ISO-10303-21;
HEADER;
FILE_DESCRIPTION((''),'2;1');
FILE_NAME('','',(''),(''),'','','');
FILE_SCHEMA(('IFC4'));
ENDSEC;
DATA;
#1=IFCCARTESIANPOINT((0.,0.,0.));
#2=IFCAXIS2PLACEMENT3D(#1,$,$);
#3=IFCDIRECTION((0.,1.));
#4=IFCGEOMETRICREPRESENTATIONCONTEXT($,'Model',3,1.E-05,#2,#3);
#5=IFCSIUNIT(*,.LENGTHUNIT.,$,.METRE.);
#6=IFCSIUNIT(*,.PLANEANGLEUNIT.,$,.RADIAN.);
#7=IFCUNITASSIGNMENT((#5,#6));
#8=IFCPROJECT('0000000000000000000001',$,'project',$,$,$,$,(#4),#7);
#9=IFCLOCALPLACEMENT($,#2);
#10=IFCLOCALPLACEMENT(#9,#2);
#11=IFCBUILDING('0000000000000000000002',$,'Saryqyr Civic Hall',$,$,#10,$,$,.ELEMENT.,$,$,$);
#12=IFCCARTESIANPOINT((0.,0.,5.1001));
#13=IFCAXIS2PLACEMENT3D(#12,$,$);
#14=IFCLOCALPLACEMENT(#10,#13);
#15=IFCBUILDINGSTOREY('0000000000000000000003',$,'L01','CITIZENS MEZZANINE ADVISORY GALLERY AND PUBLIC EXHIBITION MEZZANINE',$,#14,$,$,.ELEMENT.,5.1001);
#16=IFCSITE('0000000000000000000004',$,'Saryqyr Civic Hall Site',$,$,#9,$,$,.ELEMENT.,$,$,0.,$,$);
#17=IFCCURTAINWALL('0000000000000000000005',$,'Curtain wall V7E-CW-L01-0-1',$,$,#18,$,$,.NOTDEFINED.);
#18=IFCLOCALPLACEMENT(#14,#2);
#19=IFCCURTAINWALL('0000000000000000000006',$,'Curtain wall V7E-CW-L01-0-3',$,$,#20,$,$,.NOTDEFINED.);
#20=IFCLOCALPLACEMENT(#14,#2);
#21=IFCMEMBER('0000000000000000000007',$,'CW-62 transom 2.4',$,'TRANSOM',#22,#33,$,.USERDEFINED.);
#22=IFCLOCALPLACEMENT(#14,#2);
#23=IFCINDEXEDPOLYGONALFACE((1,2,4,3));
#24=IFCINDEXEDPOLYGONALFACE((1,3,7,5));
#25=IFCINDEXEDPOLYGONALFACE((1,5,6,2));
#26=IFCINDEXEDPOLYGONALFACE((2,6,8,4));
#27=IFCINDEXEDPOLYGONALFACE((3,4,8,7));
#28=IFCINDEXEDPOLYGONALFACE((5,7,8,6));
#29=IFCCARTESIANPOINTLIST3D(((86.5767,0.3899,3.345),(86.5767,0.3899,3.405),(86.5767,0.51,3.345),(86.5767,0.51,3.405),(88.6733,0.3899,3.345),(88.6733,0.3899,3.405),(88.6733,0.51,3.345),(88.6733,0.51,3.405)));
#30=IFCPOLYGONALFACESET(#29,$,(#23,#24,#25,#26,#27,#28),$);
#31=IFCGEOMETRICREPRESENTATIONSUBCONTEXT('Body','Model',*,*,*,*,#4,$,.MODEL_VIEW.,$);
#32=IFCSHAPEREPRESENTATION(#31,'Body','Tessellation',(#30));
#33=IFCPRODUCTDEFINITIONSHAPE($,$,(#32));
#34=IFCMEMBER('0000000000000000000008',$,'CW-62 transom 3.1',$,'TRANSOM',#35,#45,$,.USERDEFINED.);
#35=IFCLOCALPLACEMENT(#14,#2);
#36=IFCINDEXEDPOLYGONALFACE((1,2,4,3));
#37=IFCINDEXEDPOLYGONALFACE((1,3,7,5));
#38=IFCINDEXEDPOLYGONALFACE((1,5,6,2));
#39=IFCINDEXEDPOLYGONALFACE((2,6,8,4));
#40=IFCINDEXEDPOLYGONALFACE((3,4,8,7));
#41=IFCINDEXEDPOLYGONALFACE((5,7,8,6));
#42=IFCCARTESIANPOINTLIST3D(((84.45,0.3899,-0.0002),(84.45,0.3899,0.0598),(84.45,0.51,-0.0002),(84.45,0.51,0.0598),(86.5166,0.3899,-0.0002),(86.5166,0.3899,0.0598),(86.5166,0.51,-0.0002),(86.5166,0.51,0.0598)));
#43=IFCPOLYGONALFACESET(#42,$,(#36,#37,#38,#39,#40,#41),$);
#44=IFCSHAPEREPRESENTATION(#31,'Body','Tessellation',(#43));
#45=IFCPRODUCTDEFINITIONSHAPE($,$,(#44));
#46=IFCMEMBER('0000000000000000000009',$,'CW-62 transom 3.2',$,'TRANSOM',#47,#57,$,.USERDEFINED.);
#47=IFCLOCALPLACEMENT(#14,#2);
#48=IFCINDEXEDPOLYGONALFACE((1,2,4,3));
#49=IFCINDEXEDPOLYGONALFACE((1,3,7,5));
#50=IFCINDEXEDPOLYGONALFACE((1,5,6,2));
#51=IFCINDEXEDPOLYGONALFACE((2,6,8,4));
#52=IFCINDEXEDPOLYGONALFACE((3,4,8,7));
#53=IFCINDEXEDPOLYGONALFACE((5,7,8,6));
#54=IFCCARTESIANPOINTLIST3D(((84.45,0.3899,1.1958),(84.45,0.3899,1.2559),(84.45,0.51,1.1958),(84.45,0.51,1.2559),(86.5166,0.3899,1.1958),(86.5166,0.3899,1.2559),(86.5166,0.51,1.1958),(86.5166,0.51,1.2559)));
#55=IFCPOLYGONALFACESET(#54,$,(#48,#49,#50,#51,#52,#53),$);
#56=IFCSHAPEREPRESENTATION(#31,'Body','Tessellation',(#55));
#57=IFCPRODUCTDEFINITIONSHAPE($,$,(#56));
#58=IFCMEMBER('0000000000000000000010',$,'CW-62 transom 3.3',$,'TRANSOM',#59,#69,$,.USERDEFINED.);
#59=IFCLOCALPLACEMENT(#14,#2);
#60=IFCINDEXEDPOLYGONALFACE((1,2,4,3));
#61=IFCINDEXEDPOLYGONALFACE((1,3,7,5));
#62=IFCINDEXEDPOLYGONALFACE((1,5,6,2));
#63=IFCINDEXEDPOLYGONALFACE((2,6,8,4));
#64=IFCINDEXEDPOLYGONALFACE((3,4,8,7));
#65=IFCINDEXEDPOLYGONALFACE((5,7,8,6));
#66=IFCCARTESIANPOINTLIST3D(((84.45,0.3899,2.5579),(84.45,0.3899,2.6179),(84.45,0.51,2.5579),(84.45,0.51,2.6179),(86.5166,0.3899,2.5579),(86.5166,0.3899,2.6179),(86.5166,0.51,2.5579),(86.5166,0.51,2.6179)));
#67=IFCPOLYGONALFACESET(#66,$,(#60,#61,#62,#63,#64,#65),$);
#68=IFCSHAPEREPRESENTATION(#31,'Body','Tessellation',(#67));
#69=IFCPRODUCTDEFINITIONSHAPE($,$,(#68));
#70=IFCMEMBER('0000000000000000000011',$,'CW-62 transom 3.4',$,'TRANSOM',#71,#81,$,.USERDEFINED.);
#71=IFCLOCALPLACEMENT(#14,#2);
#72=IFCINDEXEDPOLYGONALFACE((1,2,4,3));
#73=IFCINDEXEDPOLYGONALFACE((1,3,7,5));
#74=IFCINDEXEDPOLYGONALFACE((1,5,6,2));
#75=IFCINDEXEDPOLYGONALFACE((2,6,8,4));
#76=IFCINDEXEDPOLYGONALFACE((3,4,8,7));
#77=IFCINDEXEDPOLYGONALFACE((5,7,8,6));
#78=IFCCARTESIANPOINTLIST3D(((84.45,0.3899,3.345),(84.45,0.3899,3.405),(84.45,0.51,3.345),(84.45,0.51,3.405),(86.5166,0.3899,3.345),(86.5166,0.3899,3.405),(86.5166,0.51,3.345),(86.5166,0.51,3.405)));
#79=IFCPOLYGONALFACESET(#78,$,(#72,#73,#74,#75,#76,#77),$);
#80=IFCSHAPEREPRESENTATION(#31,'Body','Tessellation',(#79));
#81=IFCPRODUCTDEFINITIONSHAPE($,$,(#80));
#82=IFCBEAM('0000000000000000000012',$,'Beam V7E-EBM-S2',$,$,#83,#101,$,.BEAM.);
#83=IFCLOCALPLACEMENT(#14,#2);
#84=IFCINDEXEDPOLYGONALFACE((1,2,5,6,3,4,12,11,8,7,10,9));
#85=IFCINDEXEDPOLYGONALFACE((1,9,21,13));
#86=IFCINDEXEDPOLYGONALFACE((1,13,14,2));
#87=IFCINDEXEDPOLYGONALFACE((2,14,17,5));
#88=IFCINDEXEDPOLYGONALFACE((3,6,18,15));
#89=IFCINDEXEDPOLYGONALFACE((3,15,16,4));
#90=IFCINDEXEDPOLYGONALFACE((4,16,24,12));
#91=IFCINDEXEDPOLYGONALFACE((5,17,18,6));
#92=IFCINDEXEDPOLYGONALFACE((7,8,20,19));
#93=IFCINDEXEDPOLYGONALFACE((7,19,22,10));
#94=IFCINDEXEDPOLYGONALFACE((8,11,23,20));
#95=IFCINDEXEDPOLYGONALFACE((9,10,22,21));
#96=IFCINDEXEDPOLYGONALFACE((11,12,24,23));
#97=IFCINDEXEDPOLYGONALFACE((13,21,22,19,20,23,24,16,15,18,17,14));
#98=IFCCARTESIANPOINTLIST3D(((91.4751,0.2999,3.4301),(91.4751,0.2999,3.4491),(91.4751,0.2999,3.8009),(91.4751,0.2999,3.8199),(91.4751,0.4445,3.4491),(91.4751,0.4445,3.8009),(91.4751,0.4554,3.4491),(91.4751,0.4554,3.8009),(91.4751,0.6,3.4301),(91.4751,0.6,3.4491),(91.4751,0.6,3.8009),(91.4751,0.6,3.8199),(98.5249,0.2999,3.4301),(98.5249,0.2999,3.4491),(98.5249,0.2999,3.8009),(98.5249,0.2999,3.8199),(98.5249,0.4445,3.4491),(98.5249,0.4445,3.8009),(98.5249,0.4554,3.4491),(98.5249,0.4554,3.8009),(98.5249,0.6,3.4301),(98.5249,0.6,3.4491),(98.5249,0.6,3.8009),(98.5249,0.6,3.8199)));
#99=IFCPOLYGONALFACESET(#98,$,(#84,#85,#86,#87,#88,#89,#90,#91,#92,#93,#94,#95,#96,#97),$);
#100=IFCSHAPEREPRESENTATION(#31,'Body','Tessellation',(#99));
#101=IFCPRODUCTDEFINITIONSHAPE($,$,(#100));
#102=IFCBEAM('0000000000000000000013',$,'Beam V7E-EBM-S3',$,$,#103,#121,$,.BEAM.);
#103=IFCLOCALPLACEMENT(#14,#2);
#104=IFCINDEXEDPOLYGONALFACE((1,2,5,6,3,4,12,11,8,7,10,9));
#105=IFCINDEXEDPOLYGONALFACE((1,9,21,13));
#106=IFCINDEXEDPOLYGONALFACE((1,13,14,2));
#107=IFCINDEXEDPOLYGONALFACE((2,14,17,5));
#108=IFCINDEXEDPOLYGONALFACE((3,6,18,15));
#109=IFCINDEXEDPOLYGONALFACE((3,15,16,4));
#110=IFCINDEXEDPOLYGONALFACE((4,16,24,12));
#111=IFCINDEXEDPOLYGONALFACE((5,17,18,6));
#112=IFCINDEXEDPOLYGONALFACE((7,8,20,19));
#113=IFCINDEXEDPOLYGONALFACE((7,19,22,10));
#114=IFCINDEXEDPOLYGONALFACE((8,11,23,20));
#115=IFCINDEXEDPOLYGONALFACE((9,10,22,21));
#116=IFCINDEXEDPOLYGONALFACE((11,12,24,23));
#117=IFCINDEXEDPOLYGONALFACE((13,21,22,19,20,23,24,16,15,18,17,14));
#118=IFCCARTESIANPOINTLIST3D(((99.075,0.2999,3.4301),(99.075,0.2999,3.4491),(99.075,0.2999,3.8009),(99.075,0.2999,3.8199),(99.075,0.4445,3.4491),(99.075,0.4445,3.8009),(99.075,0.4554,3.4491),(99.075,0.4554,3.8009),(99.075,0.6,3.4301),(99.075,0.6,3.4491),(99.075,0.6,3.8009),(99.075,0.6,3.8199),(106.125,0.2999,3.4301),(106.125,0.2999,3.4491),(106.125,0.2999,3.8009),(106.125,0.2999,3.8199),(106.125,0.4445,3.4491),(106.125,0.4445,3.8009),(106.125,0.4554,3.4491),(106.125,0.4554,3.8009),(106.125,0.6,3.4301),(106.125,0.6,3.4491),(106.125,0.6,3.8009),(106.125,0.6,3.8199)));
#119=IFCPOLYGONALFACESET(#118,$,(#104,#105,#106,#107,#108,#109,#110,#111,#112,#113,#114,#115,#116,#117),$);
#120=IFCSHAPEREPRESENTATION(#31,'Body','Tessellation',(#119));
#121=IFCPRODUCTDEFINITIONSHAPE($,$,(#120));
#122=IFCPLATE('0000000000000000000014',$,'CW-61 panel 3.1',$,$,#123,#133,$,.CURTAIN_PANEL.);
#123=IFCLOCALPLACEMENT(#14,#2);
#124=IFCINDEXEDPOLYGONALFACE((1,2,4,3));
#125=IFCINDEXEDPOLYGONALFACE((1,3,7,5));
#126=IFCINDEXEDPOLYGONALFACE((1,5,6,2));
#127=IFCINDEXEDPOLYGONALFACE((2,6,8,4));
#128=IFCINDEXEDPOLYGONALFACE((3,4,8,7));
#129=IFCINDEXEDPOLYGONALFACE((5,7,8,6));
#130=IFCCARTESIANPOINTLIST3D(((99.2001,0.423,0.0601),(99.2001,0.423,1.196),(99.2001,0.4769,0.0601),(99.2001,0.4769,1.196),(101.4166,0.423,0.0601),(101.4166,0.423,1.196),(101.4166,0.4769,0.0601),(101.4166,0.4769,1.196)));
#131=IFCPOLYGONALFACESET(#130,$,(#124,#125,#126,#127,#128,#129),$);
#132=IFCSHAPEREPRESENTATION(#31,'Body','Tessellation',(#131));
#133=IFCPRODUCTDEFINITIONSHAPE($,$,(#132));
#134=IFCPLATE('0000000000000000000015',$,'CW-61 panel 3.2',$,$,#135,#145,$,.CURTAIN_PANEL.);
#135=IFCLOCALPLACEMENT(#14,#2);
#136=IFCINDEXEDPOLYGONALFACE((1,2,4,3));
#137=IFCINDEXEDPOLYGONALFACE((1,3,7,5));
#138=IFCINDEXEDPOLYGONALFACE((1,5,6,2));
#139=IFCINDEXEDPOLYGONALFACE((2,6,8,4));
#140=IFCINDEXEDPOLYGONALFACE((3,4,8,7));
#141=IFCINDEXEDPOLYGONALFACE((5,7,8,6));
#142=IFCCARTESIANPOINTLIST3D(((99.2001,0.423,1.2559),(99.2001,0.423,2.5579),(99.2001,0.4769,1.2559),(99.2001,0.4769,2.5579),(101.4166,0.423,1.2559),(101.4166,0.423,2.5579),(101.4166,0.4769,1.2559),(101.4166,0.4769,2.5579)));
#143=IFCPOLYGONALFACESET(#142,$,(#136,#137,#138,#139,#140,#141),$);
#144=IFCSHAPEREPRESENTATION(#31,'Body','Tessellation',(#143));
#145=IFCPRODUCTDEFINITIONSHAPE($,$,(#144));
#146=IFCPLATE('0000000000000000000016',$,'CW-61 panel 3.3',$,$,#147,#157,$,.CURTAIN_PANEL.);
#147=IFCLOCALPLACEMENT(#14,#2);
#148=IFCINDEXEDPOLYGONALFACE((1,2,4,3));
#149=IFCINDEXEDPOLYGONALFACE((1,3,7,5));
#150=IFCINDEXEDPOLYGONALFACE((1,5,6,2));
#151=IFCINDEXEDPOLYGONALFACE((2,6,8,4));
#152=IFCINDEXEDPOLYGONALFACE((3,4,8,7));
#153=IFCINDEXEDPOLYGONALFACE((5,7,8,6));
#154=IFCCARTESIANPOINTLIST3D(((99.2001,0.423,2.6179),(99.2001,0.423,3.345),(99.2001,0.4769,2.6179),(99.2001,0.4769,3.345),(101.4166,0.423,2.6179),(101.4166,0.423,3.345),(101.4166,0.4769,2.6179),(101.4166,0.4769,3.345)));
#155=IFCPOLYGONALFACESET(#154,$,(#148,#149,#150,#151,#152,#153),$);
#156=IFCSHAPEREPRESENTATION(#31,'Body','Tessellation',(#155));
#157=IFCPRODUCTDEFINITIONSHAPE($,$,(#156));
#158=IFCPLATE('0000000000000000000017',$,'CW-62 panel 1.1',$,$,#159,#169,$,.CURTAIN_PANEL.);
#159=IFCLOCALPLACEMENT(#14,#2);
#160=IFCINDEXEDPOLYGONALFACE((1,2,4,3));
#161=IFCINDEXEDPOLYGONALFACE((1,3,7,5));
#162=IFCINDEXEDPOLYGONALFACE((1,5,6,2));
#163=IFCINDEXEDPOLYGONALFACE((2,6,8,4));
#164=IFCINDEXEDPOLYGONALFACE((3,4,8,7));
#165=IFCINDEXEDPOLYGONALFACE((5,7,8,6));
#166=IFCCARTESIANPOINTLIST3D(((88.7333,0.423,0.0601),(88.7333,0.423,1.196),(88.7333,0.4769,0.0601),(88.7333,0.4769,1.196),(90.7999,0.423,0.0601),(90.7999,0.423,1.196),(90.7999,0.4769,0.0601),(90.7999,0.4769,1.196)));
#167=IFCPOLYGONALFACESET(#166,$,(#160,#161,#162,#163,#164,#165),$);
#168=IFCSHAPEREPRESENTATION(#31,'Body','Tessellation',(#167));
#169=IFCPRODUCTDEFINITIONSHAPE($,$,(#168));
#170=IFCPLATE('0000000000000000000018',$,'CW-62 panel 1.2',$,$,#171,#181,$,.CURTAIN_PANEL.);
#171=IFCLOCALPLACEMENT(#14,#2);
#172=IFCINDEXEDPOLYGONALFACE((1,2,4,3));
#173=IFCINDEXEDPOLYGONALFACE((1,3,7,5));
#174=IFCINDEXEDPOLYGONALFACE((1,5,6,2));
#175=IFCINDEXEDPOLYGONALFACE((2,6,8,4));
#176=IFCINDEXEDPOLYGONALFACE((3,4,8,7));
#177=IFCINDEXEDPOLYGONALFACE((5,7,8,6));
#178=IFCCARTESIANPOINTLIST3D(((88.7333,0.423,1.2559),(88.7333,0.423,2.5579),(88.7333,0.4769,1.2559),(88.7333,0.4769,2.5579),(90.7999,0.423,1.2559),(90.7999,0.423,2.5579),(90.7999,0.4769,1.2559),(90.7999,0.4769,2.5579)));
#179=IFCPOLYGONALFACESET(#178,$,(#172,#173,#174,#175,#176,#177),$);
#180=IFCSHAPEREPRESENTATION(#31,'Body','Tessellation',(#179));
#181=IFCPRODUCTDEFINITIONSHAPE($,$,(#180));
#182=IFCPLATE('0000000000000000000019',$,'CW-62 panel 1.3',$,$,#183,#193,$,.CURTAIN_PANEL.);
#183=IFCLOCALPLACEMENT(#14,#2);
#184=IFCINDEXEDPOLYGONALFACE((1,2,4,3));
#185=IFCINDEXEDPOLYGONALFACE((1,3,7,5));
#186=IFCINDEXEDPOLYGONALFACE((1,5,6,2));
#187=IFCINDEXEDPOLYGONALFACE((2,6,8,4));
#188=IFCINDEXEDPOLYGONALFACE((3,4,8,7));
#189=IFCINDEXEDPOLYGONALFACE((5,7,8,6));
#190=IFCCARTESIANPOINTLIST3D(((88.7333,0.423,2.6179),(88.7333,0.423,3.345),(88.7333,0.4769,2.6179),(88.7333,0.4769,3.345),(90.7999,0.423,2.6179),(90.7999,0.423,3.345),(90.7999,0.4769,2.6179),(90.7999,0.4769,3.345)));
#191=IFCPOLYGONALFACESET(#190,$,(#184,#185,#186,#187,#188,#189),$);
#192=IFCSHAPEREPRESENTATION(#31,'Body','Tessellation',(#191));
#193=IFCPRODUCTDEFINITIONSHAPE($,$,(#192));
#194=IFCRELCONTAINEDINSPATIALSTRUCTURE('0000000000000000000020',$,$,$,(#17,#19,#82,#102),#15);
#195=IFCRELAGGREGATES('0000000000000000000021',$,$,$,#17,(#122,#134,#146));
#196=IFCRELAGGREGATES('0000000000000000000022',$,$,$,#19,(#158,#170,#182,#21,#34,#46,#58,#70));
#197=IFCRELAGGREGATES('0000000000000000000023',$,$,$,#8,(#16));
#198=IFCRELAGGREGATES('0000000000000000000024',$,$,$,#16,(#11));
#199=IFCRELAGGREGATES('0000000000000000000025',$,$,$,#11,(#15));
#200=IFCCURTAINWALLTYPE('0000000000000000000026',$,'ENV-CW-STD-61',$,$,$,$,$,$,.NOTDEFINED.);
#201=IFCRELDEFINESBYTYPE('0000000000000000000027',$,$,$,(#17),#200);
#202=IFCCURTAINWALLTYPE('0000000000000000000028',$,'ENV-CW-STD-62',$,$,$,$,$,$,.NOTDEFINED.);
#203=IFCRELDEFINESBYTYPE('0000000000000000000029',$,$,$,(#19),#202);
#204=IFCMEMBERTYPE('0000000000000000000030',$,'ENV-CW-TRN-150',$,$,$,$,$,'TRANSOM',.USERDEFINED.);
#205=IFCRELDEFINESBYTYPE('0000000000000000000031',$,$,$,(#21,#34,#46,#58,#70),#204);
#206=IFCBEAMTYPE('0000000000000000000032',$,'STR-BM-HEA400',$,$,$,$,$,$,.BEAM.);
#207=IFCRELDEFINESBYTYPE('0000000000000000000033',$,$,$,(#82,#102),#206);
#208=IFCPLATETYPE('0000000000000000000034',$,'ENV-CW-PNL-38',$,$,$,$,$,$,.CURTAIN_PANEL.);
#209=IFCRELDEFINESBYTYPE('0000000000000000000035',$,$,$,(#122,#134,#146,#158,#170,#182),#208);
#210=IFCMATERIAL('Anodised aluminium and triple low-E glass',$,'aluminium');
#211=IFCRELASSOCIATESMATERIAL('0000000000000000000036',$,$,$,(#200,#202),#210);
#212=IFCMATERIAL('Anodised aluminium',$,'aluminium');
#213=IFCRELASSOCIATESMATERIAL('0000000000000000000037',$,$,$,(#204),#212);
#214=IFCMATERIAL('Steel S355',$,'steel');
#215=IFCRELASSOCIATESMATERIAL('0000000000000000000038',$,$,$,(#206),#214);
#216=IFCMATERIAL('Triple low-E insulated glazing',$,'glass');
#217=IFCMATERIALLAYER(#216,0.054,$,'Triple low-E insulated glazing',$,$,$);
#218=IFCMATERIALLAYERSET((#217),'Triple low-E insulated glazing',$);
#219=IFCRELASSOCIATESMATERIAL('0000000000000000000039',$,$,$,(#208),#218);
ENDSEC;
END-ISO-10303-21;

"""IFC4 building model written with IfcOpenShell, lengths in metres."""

from ifc_helpers import new_model, si_unit, direction, frame, origin, origin_2d, place, context, subcontext, project, spatial, rectangle, i_section, extrude, material, layer, layer_set, material_profile, profile_set, type_object, element, aggregate, save


model = new_model("IFC4")

# Units and contexts
model_context = context("Model", 3, precision=1e-05, world=origin(), true_north=direction((0.0, 1.0)))
body_context = subcontext(model_context, "Body", "Model", "MODEL_VIEW")
ifc_project = project(units=[si_unit("LENGTHUNIT", "METRE"), si_unit("PLANEANGLEUNIT", "RADIAN")], contexts=[model_context])

# Site, building, storey
site_placement = place(None, origin())
site = spatial("IfcSite", under=ifc_project, at=site_placement, Name="Saryqyr Civic Hall Site", CompositionType="ELEMENT", RefElevation=0.0)
building_placement = place(site_placement, origin())
building = spatial("IfcBuilding", under=site, at=building_placement, Name="Saryqyr Civic Hall", CompositionType="ELEMENT")
storey_placement = place(building_placement, frame((0.0, 0.0, 5.1001)))
storey = spatial("IfcBuildingStorey", under=building, at=storey_placement, Name="L01", Description="CITIZENS MEZZANINE ADVISORY GALLERY AND PUBLIC EXHIBITION MEZZANINE", CompositionType="ELEMENT", Elevation=5.1001)

# Curtain wall
ifc_material_1 = material(Name="Anodised aluminium and triple low-E glass", Category="aluminium")
curtain_wall_type_1 = type_object("IfcCurtainWallType", Name="ENV-CW-STD-61", PredefinedType="NOTDEFINED", material=ifc_material_1)
curtain_wall_1_placement = place(storey_placement, origin())
curtain_wall_1 = element("IfcCurtainWall", 1, at=curtain_wall_1_placement, inside=storey, type_object=curtain_wall_type_1, Name="Curtain wall V7E-CW-L01-0-1", PredefinedType="NOTDEFINED")
ifc_material_2 = material(Name="Anodised aluminium", Category="aluminium")

# Curtain wall
curtain_wall_type_2 = type_object("IfcCurtainWallType", Name="ENV-CW-STD-62", PredefinedType="NOTDEFINED", material=ifc_material_1)
curtain_wall_2_placement = place(storey_placement, origin())
curtain_wall_2 = element("IfcCurtainWall", 2, at=curtain_wall_2_placement, inside=storey, type_object=curtain_wall_type_2, Name="Curtain wall V7E-CW-L01-0-3", PredefinedType="NOTDEFINED")

# Members
ifc_material_profile_1 = material_profile(ifc_material_2, rectangle(XDim=0.1201, YDim=0.0601, at=origin_2d()), Name="ALU TRANSOM 120x60")
ifc_profile_set_1 = profile_set([ifc_material_profile_1], Name="Anodised aluminium")
member_type_1 = type_object("IfcMemberType", Name="ENV-CW-TRN-150", ElementType="TRANSOM", PredefinedType="USERDEFINED", material=ifc_profile_set_1)
member_1_placement = place(storey_placement, frame((88.6733, 0.45, 3.375), z_axis=(-1.0, 0.0, 0.0), x_axis=(0.0, -1.0, 0.0)))
member_1 = element("IfcMember", 3, at=member_1_placement, type_object=member_type_1, Name="CW-62 transom 2.4", ObjectType="TRANSOM", PredefinedType="USERDEFINED", context=body_context, shape_type="SweptSolid", body=[
    extrude(rectangle(XDim=0.1201, YDim=0.0601, at=origin_2d()), origin(), (0.0, 0.0, 1.0), 2.0967),
])
member_2_placement = place(storey_placement, frame((86.5166, 0.45, 0.0298), z_axis=(-1.0, 0.0, 0.0), x_axis=(0.0, -1.0, 0.0)))
member_2 = element("IfcMember", 4, at=member_2_placement, type_object=member_type_1, Name="CW-62 transom 3.1", ObjectType="TRANSOM", PredefinedType="USERDEFINED", context=body_context, shape_type="SweptSolid", body=[
    extrude(rectangle(XDim=0.1201, YDim=0.0601, at=origin_2d()), origin(), (0.0, 0.0, 1.0), 2.0667),
])
member_3_placement = place(storey_placement, frame((86.5166, 0.45, 1.2258), z_axis=(-1.0, 0.0, 0.0), x_axis=(0.0, -1.0, 0.0)))
member_3 = element("IfcMember", 5, at=member_3_placement, type_object=member_type_1, Name="CW-62 transom 3.2", ObjectType="TRANSOM", PredefinedType="USERDEFINED", context=body_context, shape_type="SweptSolid", body=[
    extrude(rectangle(XDim=0.1201, YDim=0.0601, at=origin_2d()), origin(), (0.0, 0.0, 1.0), 2.0667),
])
member_4_placement = place(storey_placement, frame((86.5166, 0.45, 2.5879), z_axis=(-1.0, 0.0, 0.0), x_axis=(0.0, -1.0, 0.0)))
member_4 = element("IfcMember", 6, at=member_4_placement, type_object=member_type_1, Name="CW-62 transom 3.3", ObjectType="TRANSOM", PredefinedType="USERDEFINED", context=body_context, shape_type="SweptSolid", body=[
    extrude(rectangle(XDim=0.1201, YDim=0.0601, at=origin_2d()), origin(), (0.0, 0.0, 1.0), 2.0667),
])
member_5_placement = place(storey_placement, frame((86.5166, 0.45, 3.375), z_axis=(-1.0, 0.0, 0.0), x_axis=(0.0, -1.0, 0.0)))
member_5 = element("IfcMember", 7, at=member_5_placement, type_object=member_type_1, Name="CW-62 transom 3.4", ObjectType="TRANSOM", PredefinedType="USERDEFINED", context=body_context, shape_type="SweptSolid", body=[
    extrude(rectangle(XDim=0.1201, YDim=0.0601, at=origin_2d()), origin(), (0.0, 0.0, 1.0), 2.0667),
])

# Beams
ifc_material_3 = material(Name="Steel S355", Category="steel")
ifc_material_profile_2 = material_profile(ifc_material_3, i_section(OverallWidth=0.3, OverallDepth=0.3899, WebThickness=0.011, FlangeThickness=0.019, at=origin_2d()), Name="HEA 400")
ifc_profile_set_2 = profile_set([ifc_material_profile_2], Name="Steel S355")
beam_type = type_object("IfcBeamType", Name="STR-BM-HEA400", PredefinedType="BEAM", material=ifc_profile_set_2)
beam_1_placement = place(storey_placement, frame((91.4751, 0.45, 3.625), z_axis=(1.0, 0.0, 0.0), x_axis=(0.0, 1.0, 0.0)))
element("IfcBeam", 8, at=beam_1_placement, inside=storey, type_object=beam_type, Name="Beam V7E-EBM-S2", PredefinedType="BEAM", context=body_context, shape_type="SweptSolid", body=[
    extrude(i_section(OverallWidth=0.3, OverallDepth=0.3899, WebThickness=0.011, FlangeThickness=0.019, at=origin_2d()), origin(), (0.0, 0.0, 1.0), 7.0498),
])
beam_2_placement = place(storey_placement, frame((99.075, 0.45, 3.625), z_axis=(1.0, 0.0, 0.0), x_axis=(0.0, 1.0, 0.0)))
element("IfcBeam", 9, at=beam_2_placement, inside=storey, type_object=beam_type, Name="Beam V7E-EBM-S3", PredefinedType="BEAM", context=body_context, shape_type="SweptSolid", body=[
    extrude(i_section(OverallWidth=0.3, OverallDepth=0.3899, WebThickness=0.011, FlangeThickness=0.019, at=origin_2d()), origin(), (0.0, 0.0, 1.0), 7.05),
])

# Plates
ifc_material_4 = material(Name="Triple low-E insulated glazing", Category="glass")
ifc_layer_1 = layer(ifc_material_4, 0.054, Name="Triple low-E insulated glazing")
ifc_layer_set_1 = layer_set([ifc_layer_1], Name="Triple low-E insulated glazing")
plate_type = type_object("IfcPlateType", Name="ENV-CW-PNL-38", PredefinedType="CURTAIN_PANEL", material=ifc_layer_set_1)
plate_1_placement = place(storey_placement, frame((100.3083, 0.45, 0.0601), z_axis=(0.0, 0.0, 1.0), x_axis=(-1.0, 0.0, 0.0)))
plate_1 = element("IfcPlate", 10, at=plate_1_placement, type_object=plate_type, Name="CW-61 panel 3.1", PredefinedType="CURTAIN_PANEL", context=body_context, shape_type="SweptSolid", body=[
    extrude(rectangle(XDim=2.2166, YDim=0.054, at=origin_2d()), origin(), (0.0, 0.0, 1.0), 1.136),
])
plate_2_placement = place(storey_placement, frame((100.3083, 0.45, 1.2559), z_axis=(0.0, 0.0, 1.0), x_axis=(-1.0, 0.0, 0.0)))
plate_2 = element("IfcPlate", 11, at=plate_2_placement, type_object=plate_type, Name="CW-61 panel 3.2", PredefinedType="CURTAIN_PANEL", context=body_context, shape_type="SweptSolid", body=[
    extrude(rectangle(XDim=2.2166, YDim=0.054, at=origin_2d()), origin(), (0.0, 0.0, 1.0), 1.302),
])
plate_3_placement = place(storey_placement, frame((100.3083, 0.45, 2.6179), z_axis=(0.0, 0.0, 1.0), x_axis=(-1.0, 0.0, 0.0)))
plate_3 = element("IfcPlate", 12, at=plate_3_placement, type_object=plate_type, Name="CW-61 panel 3.3", PredefinedType="CURTAIN_PANEL", context=body_context, shape_type="SweptSolid", body=[
    extrude(rectangle(XDim=2.2166, YDim=0.054, at=origin_2d()), origin(), (0.0, 0.0, 1.0), 0.7271),
])
aggregate(curtain_wall_1, [plate_1, plate_2, plate_3])
plate_4_placement = place(storey_placement, frame((89.7666, 0.45, 0.0601), z_axis=(0.0, 0.0, 1.0), x_axis=(-1.0, 0.0, 0.0)))
plate_4 = element("IfcPlate", 13, at=plate_4_placement, type_object=plate_type, Name="CW-62 panel 1.1", PredefinedType="CURTAIN_PANEL", context=body_context, shape_type="SweptSolid", body=[
    extrude(rectangle(XDim=2.0667, YDim=0.054, at=origin_2d()), origin(), (0.0, 0.0, 1.0), 1.136),
])
plate_5_placement = place(storey_placement, frame((89.7666, 0.45, 1.2559), z_axis=(0.0, 0.0, 1.0), x_axis=(-1.0, 0.0, 0.0)))
plate_5 = element("IfcPlate", 14, at=plate_5_placement, type_object=plate_type, Name="CW-62 panel 1.2", PredefinedType="CURTAIN_PANEL", context=body_context, shape_type="SweptSolid", body=[
    extrude(rectangle(XDim=2.0667, YDim=0.054, at=origin_2d()), origin(), (0.0, 0.0, 1.0), 1.302),
])
plate_6_placement = place(storey_placement, frame((89.7666, 0.45, 2.6179), z_axis=(0.0, 0.0, 1.0), x_axis=(-1.0, 0.0, 0.0)))
plate_6 = element("IfcPlate", 15, at=plate_6_placement, type_object=plate_type, Name="CW-62 panel 1.3", PredefinedType="CURTAIN_PANEL", context=body_context, shape_type="SweptSolid", body=[
    extrude(rectangle(XDim=2.0667, YDim=0.054, at=origin_2d()), origin(), (0.0, 0.0, 1.0), 0.7271),
])
aggregate(curtain_wall_2, [plate_4, plate_5, plate_6, member_1, member_2, member_3, member_4, member_5])

save(model, "model.ifc")
